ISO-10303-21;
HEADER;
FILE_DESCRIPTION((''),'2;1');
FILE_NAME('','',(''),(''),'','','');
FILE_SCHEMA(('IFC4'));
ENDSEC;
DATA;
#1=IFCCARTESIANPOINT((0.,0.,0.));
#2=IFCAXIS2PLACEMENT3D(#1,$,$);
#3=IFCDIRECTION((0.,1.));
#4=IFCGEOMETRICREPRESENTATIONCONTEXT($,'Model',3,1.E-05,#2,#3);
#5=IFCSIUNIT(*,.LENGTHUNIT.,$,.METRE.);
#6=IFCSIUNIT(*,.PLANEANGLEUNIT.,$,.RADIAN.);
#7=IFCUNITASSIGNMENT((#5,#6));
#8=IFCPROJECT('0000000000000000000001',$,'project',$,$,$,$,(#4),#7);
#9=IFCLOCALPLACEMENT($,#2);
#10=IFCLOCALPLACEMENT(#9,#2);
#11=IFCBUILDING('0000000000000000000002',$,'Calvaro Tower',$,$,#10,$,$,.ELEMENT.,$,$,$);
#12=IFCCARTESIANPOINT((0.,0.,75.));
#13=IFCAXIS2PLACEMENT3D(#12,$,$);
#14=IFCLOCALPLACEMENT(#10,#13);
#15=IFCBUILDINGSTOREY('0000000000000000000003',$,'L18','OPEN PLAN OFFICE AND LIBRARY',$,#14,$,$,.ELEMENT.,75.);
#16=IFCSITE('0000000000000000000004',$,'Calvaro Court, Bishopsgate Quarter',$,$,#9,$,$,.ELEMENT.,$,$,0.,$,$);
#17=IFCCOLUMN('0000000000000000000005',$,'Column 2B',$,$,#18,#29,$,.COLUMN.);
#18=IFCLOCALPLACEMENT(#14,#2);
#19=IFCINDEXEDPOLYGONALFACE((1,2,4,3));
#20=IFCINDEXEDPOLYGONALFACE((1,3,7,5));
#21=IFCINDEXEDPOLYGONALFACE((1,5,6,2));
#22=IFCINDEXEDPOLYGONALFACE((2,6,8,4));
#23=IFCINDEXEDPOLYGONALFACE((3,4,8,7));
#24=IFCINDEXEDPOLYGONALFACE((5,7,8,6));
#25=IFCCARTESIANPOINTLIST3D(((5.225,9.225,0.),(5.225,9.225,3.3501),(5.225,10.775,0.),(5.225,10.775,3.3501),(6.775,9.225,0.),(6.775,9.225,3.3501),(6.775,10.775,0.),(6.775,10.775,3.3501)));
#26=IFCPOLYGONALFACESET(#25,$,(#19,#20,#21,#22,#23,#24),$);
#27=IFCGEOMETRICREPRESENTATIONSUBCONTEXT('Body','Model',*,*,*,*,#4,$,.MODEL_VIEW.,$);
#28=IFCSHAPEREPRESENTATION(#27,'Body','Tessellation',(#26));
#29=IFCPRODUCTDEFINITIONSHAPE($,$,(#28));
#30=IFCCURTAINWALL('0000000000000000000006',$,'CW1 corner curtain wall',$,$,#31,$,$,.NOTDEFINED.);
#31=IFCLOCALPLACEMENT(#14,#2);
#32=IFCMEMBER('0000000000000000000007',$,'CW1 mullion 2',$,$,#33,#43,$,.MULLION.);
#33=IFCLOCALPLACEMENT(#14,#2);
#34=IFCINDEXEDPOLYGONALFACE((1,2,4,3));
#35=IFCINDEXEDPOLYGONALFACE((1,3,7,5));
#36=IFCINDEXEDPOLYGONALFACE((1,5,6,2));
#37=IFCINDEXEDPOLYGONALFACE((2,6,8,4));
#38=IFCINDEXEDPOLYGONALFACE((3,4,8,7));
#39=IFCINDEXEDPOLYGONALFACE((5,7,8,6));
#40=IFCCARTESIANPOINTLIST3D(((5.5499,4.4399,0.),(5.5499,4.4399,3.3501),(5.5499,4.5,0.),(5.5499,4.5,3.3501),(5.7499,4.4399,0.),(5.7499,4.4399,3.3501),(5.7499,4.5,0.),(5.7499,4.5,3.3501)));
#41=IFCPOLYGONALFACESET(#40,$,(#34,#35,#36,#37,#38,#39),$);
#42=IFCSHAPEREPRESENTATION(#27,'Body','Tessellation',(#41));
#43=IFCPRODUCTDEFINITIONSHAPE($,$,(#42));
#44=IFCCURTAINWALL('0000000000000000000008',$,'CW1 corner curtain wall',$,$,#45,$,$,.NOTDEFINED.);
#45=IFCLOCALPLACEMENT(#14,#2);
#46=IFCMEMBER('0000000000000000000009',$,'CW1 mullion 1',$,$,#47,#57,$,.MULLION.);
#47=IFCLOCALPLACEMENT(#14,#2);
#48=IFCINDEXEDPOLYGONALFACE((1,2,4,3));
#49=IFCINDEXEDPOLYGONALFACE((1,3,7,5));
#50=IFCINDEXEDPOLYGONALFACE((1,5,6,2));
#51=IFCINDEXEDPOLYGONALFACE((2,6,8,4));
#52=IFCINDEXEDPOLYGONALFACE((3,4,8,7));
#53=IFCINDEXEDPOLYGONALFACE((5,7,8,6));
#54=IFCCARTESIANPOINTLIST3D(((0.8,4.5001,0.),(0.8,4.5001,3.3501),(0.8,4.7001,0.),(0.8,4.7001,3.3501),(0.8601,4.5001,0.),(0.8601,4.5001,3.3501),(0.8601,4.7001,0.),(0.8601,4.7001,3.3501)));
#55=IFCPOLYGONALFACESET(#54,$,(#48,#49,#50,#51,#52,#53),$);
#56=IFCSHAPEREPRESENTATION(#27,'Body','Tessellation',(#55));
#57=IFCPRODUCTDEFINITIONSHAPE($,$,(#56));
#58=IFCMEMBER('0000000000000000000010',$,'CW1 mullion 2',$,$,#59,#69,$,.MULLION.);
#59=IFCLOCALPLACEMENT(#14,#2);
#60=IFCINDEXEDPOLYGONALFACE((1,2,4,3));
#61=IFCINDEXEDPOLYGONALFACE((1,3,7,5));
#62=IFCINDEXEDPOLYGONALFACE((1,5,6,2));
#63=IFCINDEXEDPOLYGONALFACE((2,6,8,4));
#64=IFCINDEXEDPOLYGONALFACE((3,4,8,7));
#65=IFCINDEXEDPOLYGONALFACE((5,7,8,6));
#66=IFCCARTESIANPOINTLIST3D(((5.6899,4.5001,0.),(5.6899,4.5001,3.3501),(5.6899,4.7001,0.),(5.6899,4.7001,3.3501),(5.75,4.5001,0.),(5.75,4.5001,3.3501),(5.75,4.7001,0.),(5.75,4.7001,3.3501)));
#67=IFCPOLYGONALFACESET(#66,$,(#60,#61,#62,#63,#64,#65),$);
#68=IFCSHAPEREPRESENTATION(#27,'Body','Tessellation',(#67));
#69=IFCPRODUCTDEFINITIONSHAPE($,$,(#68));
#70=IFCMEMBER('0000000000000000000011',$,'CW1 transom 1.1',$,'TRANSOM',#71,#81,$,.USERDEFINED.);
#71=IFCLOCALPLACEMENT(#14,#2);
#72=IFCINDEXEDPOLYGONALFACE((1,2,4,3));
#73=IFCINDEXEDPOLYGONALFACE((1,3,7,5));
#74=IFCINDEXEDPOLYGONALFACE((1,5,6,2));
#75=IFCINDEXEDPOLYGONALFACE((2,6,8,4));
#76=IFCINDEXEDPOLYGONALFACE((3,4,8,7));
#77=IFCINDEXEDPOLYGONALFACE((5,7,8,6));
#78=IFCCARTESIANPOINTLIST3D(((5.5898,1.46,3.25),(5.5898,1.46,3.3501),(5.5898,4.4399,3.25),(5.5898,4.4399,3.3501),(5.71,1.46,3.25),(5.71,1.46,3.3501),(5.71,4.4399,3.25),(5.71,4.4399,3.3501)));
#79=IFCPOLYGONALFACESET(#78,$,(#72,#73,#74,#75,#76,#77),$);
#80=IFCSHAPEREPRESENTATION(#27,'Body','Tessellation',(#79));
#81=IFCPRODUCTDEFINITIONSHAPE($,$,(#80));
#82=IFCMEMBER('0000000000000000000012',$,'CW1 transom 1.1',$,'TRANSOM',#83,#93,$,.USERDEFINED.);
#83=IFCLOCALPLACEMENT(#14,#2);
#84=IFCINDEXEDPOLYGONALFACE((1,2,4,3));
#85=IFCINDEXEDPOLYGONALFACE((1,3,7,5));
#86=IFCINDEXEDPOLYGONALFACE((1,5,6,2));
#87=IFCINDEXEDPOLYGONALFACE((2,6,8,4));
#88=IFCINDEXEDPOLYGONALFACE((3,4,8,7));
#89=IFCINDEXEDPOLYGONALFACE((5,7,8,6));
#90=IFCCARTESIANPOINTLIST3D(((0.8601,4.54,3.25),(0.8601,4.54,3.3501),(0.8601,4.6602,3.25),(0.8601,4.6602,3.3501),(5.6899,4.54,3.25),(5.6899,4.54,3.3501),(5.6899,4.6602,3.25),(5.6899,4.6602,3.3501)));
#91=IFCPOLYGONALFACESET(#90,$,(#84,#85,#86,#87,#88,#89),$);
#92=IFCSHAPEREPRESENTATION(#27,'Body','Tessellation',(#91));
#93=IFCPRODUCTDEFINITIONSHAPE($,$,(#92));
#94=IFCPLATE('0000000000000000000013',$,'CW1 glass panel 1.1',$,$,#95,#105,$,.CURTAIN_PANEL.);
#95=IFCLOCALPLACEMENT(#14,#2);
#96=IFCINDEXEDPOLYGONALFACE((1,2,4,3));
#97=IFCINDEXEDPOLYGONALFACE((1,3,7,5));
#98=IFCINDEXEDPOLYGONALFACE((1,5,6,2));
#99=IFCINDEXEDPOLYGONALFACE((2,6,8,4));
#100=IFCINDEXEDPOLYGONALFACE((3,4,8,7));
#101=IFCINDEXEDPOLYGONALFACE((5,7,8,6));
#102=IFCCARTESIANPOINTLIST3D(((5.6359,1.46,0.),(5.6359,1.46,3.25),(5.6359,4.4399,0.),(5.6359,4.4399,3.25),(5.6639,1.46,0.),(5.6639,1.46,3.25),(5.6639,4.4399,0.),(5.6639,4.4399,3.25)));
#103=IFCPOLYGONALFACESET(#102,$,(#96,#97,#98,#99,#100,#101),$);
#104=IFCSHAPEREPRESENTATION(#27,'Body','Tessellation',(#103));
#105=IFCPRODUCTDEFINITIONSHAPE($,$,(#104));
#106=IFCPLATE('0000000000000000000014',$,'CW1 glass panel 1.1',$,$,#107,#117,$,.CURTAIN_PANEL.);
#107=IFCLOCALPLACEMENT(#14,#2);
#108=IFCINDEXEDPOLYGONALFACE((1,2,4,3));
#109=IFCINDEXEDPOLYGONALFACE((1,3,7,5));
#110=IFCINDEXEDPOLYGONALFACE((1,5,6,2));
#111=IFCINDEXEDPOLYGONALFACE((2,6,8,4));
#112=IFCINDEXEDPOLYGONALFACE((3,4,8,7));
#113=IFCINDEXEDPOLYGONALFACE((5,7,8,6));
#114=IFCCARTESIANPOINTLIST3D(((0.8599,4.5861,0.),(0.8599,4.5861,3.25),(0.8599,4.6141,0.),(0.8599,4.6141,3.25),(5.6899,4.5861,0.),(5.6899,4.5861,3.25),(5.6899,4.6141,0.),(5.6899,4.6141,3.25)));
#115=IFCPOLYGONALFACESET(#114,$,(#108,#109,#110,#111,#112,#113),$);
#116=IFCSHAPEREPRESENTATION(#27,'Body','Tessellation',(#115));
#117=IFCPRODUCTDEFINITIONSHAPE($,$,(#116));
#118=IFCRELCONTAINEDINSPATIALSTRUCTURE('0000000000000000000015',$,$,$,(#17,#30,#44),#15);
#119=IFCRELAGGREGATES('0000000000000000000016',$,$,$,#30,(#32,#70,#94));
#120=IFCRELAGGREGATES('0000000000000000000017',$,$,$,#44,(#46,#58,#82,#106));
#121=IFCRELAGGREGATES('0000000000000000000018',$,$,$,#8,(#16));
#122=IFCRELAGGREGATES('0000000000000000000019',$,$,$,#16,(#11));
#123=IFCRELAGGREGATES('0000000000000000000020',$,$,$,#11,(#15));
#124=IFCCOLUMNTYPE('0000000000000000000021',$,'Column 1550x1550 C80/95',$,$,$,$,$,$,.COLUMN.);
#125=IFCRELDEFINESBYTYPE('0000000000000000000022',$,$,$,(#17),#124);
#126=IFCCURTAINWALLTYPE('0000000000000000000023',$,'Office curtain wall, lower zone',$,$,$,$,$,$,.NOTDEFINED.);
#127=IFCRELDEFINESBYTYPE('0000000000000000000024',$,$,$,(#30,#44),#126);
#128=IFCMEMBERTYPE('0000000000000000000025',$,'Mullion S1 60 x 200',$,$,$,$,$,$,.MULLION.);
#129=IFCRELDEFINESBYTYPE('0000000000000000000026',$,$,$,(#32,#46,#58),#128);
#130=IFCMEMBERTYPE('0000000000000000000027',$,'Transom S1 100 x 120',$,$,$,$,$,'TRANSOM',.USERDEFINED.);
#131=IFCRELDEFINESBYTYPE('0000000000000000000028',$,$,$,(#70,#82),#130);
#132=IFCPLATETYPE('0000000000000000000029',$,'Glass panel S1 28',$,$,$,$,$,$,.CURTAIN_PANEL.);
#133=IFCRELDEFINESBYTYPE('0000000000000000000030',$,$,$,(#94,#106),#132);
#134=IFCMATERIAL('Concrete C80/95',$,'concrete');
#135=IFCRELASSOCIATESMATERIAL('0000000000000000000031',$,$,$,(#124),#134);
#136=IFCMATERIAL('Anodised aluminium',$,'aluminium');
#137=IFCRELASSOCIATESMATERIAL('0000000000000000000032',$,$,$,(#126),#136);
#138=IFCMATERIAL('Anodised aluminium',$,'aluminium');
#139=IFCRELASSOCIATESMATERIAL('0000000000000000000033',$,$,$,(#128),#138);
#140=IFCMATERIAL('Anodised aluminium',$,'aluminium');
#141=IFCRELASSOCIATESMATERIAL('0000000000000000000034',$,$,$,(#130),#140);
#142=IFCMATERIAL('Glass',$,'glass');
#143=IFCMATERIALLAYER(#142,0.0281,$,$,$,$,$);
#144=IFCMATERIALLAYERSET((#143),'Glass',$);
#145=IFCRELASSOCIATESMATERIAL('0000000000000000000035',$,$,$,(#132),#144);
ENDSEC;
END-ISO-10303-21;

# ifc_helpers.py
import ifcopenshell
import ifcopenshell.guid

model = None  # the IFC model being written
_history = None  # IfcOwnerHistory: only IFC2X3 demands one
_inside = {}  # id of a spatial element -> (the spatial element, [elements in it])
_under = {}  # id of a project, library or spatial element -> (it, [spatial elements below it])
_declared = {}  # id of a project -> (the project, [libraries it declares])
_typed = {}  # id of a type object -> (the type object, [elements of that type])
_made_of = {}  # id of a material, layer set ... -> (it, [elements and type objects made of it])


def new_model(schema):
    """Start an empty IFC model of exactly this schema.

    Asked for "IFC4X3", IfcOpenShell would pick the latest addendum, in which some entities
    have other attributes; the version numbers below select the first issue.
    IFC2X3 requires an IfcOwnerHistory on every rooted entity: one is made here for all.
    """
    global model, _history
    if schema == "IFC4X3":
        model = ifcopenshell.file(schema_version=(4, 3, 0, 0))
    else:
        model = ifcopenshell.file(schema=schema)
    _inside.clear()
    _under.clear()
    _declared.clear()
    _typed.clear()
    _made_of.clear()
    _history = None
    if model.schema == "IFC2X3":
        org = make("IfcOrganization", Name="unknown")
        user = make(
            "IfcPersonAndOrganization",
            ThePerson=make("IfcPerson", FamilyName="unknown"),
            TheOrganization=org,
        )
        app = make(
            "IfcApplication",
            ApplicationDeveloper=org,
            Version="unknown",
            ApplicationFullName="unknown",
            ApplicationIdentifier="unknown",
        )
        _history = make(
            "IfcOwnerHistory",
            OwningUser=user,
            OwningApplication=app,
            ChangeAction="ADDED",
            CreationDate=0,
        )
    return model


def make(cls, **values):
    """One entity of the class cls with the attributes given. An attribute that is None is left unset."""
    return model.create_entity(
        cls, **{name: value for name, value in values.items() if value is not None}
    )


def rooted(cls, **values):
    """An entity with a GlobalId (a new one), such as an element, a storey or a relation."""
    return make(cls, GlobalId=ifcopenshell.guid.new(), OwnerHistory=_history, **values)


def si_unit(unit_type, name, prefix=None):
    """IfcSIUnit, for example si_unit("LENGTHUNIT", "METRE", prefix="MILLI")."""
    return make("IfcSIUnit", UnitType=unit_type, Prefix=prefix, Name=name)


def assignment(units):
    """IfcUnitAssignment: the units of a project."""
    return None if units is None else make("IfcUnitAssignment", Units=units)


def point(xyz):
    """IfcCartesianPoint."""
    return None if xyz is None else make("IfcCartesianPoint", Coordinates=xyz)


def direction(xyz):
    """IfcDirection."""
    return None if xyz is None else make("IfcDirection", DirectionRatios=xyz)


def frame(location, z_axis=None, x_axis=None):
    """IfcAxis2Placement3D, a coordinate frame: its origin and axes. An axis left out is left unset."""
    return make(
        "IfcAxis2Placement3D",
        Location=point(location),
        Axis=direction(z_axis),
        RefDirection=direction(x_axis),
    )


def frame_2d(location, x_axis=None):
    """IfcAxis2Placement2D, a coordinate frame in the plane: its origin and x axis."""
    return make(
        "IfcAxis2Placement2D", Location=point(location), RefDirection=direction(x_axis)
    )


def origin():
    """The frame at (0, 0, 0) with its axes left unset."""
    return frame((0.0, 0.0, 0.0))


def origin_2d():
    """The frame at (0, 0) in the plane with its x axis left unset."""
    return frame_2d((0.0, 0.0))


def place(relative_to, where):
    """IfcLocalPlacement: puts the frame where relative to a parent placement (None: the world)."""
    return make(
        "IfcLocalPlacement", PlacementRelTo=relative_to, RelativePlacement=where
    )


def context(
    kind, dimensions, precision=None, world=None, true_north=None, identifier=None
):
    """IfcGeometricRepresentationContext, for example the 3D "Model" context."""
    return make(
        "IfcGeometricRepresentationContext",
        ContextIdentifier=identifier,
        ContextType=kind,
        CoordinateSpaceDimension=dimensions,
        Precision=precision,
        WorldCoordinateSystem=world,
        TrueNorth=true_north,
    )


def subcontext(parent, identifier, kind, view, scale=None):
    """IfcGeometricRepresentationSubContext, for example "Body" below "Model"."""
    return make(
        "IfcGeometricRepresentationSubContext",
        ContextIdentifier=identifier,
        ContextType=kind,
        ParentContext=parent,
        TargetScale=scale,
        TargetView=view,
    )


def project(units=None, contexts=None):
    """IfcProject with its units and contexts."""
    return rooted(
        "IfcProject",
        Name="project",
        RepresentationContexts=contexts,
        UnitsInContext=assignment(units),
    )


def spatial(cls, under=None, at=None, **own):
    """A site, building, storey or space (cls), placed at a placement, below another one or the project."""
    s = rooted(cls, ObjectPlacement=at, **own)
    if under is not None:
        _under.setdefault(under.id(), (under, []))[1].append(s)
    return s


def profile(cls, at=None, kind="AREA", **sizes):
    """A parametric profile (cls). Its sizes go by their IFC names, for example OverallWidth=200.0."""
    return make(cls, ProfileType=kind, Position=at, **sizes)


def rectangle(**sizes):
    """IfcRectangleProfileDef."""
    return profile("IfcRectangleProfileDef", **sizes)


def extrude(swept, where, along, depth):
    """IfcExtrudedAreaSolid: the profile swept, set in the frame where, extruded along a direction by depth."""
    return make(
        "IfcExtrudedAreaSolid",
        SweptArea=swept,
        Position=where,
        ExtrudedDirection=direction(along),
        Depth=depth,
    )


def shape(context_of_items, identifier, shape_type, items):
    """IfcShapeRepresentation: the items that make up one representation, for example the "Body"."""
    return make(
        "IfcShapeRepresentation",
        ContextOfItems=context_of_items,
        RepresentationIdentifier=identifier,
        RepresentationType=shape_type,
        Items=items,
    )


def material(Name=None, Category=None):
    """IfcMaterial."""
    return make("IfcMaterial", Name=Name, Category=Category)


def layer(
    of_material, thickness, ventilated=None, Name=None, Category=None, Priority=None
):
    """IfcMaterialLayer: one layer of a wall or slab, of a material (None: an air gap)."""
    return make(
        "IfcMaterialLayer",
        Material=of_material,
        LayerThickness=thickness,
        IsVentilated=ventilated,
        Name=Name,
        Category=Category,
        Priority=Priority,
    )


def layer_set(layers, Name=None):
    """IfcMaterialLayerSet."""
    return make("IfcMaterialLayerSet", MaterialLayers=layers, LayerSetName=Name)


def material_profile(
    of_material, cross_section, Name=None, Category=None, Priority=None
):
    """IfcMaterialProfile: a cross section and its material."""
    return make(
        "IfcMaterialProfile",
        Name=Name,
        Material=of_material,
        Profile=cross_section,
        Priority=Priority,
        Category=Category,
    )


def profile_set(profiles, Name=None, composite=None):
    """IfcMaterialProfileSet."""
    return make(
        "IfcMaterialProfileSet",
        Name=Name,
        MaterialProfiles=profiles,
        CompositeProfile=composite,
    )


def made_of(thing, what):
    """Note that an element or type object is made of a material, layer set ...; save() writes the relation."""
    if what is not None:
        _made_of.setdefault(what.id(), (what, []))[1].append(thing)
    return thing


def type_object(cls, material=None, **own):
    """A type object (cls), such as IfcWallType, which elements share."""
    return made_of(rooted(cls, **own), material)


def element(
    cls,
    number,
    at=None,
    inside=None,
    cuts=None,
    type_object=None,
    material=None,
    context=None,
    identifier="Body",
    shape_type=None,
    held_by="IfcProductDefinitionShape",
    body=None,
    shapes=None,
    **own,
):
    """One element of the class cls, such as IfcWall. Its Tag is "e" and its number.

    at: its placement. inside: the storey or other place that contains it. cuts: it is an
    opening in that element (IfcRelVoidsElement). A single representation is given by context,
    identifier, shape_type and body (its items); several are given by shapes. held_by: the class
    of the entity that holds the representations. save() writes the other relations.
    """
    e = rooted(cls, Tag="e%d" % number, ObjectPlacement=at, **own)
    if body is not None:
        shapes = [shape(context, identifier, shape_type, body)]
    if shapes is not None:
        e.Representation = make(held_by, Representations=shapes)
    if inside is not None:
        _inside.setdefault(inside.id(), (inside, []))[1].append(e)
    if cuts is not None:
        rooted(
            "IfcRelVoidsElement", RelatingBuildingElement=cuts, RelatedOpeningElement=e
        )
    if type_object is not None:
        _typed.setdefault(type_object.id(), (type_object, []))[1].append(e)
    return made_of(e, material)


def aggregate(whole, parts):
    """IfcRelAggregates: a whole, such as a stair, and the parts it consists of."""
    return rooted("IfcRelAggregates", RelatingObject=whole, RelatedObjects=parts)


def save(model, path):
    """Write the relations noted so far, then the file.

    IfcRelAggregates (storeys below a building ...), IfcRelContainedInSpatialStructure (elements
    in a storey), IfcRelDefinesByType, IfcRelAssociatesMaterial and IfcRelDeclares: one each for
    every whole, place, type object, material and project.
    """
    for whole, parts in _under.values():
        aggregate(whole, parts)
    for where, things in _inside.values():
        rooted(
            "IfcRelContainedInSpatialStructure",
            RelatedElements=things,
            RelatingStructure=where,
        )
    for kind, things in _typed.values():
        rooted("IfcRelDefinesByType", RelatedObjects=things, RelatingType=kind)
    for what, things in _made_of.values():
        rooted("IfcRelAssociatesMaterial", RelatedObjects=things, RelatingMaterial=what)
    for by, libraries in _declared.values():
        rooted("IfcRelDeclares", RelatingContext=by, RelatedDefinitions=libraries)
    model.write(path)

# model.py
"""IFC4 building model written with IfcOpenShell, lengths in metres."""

from ifc_helpers import new_model, si_unit, direction, frame, origin, origin_2d, place, context, subcontext, project, spatial, rectangle, extrude, material, layer, layer_set, material_profile, profile_set, type_object, element, aggregate, save


model = new_model("IFC4")

# Units and contexts
model_context = context("Model", 3, precision=1e-05, world=origin(), true_north=direction((0.0, 1.0)))
body_context = subcontext(model_context, "Body", "Model", "MODEL_VIEW")
ifc_project = project(units=[si_unit("LENGTHUNIT", "METRE"), si_unit("PLANEANGLEUNIT", "RADIAN")], contexts=[model_context])

# Site, building, storey
site_placement = place(None, origin())
site = spatial("IfcSite", under=ifc_project, at=site_placement, Name="Calvaro Court, Bishopsgate Quarter", CompositionType="ELEMENT", RefElevation=0.0)
building_placement = place(site_placement, origin())
building = spatial("IfcBuilding", under=site, at=building_placement, Name="Calvaro Tower", CompositionType="ELEMENT")
storey_placement = place(building_placement, frame((0.0, 0.0, 75.0)))
storey = spatial("IfcBuildingStorey", under=building, at=storey_placement, Name="L18", Description="OPEN PLAN OFFICE AND LIBRARY", CompositionType="ELEMENT", Elevation=75.0)

# Column
ifc_material_1 = material(Name="Concrete C80/95", Category="concrete")
ifc_material_profile_1 = material_profile(ifc_material_1, rectangle(XDim=1.55, YDim=1.55, at=origin_2d()), Name="RC 1550x1550")
ifc_profile_set_1 = profile_set([ifc_material_profile_1], Name="Concrete C80/95")
column_type = type_object("IfcColumnType", Name="Column 1550x1550 C80/95", PredefinedType="COLUMN", material=ifc_profile_set_1)
column_placement = place(storey_placement, frame((6.0, 10.0, 0.0), z_axis=(0.0, 0.0, 1.0), x_axis=(1.0, 0.0, 0.0)))
element("IfcColumn", 1, at=column_placement, inside=storey, type_object=column_type, Name="Column 2B", PredefinedType="COLUMN", context=body_context, shape_type="SweptSolid", body=[
    extrude(rectangle(XDim=1.55, YDim=1.55, at=origin_2d()), origin(), (0.0, 0.0, 1.0), 3.3501),
])

# Curtain wall, member
ifc_material_2 = material(Name="Anodised aluminium", Category="aluminium")
curtain_wall_type = type_object("IfcCurtainWallType", Name="Office curtain wall, lower zone", PredefinedType="NOTDEFINED", material=ifc_material_2)
curtain_wall_1_placement = place(storey_placement, origin())
curtain_wall_1 = element("IfcCurtainWall", 2, at=curtain_wall_1_placement, inside=storey, type_object=curtain_wall_type, Name="CW1 corner curtain wall", PredefinedType="NOTDEFINED")
ifc_material_3 = material(Name="Anodised aluminium", Category="aluminium")
ifc_material_profile_2 = material_profile(ifc_material_3, rectangle(XDim=0.2, YDim=0.0601, at=origin_2d()), Name="Mullion S1 60 x 200")
ifc_profile_set_2 = profile_set([ifc_material_profile_2], Name="Anodised aluminium")
member_type_1 = type_object("IfcMemberType", Name="Mullion S1 60 x 200", PredefinedType="MULLION", material=ifc_profile_set_2)
member_1_placement = place(storey_placement, frame((5.6499, 4.47, 0.0), z_axis=(0.0, 0.0, 1.0), x_axis=(-1.0, 0.0, 0.0)))
member_1 = element("IfcMember", 3, at=member_1_placement, type_object=member_type_1, Name="CW1 mullion 2", PredefinedType="MULLION", context=body_context, shape_type="SweptSolid", body=[
    extrude(rectangle(XDim=0.2, YDim=0.0601, at=origin_2d()), origin(), (0.0, 0.0, 1.0), 3.3501),
])

# Curtain wall, members
curtain_wall_2_placement = place(storey_placement, origin())
curtain_wall_2 = element("IfcCurtainWall", 4, at=curtain_wall_2_placement, inside=storey, type_object=curtain_wall_type, Name="CW1 corner curtain wall", PredefinedType="NOTDEFINED")
member_2_placement = place(storey_placement, frame((0.8301, 4.6001, 0.0), z_axis=(0.0, 0.0, 1.0), x_axis=(0.0, 1.0, 0.0)))
member_2 = element("IfcMember", 5, at=member_2_placement, type_object=member_type_1, Name="CW1 mullion 1", PredefinedType="MULLION", context=body_context, shape_type="SweptSolid", body=[
    extrude(rectangle(XDim=0.2, YDim=0.0601, at=origin_2d()), origin(), (0.0, 0.0, 1.0), 3.3501),
])
member_3_placement = place(storey_placement, frame((5.72, 4.6001, 0.0), z_axis=(0.0, 0.0, 1.0), x_axis=(0.0, 1.0, 0.0)))
member_3 = element("IfcMember", 6, at=member_3_placement, type_object=member_type_1, Name="CW1 mullion 2", PredefinedType="MULLION", context=body_context, shape_type="SweptSolid", body=[
    extrude(rectangle(XDim=0.2, YDim=0.0601, at=origin_2d()), origin(), (0.0, 0.0, 1.0), 3.3501),
])

# Members
ifc_material_4 = material(Name="Anodised aluminium", Category="aluminium")
ifc_material_profile_3 = material_profile(ifc_material_4, rectangle(XDim=0.1201, YDim=0.1001, at=origin_2d()), Name="Transom S1 100 x 120")
ifc_profile_set_3 = profile_set([ifc_material_profile_3], Name="Anodised aluminium")
member_type_2 = type_object("IfcMemberType", Name="Transom S1 100 x 120", ElementType="TRANSOM", PredefinedType="USERDEFINED", material=ifc_profile_set_3)
member_4_placement = place(storey_placement, frame((5.6499, 1.46, 3.3), z_axis=(0.0, 1.0, 0.0), x_axis=(-1.0, 0.0, 0.0)))
member_4 = element("IfcMember", 7, at=member_4_placement, type_object=member_type_2, Name="CW1 transom 1.1", ObjectType="TRANSOM", PredefinedType="USERDEFINED", context=body_context, shape_type="SweptSolid", body=[
    extrude(rectangle(XDim=0.1201, YDim=0.1001, at=origin_2d()), origin(), (0.0, 0.0, 1.0), 2.98),
])
member_5_placement = place(storey_placement, frame((0.8601, 4.6001, 3.3), z_axis=(1.0, 0.0, 0.0), x_axis=(0.0, 1.0, 0.0)))
member_5 = element("IfcMember", 8, at=member_5_placement, type_object=member_type_2, Name="CW1 transom 1.1", ObjectType="TRANSOM", PredefinedType="USERDEFINED", context=body_context, shape_type="SweptSolid", body=[
    extrude(rectangle(XDim=0.1201, YDim=0.1001, at=origin_2d()), origin(), (0.0, 0.0, 1.0), 4.8298),
])

# Plates
ifc_material_5 = material(Name="Glass", Category="glass")
ifc_layer_1 = layer(ifc_material_5, 0.0281)
ifc_layer_set_1 = layer_set([ifc_layer_1], Name="Glass")
plate_type = type_object("IfcPlateType", Name="Glass panel S1 28", PredefinedType="CURTAIN_PANEL", material=ifc_layer_set_1)
plate_1_placement = place(storey_placement, frame((5.6499, 2.95, 0.0), z_axis=(0.0, 0.0, 1.0), x_axis=(0.0, 1.0, 0.0)))
plate_1 = element("IfcPlate", 9, at=plate_1_placement, type_object=plate_type, Name="CW1 glass panel 1.1", PredefinedType="CURTAIN_PANEL", context=body_context, shape_type="SweptSolid", body=[
    extrude(rectangle(XDim=2.98, YDim=0.0281, at=origin_2d()), origin(), (0.0, 0.0, 1.0), 3.25),
])
aggregate(curtain_wall_1, [member_1, member_4, plate_1])
plate_2_placement = place(storey_placement, frame((3.2749, 4.6001, 0.0), z_axis=(0.0, 0.0, 1.0), x_axis=(1.0, 0.0, 0.0)))
plate_2 = element("IfcPlate", 10, at=plate_2_placement, type_object=plate_type, Name="CW1 glass panel 1.1", PredefinedType="CURTAIN_PANEL", context=body_context, shape_type="SweptSolid", body=[
    extrude(rectangle(XDim=4.8301, YDim=0.0281, at=origin_2d()), origin(), (0.0, 0.0, 1.0), 3.25),
])
aggregate(curtain_wall_2, [member_2, member_3, member_5, plate_2])

save(model, "model.ifc")
